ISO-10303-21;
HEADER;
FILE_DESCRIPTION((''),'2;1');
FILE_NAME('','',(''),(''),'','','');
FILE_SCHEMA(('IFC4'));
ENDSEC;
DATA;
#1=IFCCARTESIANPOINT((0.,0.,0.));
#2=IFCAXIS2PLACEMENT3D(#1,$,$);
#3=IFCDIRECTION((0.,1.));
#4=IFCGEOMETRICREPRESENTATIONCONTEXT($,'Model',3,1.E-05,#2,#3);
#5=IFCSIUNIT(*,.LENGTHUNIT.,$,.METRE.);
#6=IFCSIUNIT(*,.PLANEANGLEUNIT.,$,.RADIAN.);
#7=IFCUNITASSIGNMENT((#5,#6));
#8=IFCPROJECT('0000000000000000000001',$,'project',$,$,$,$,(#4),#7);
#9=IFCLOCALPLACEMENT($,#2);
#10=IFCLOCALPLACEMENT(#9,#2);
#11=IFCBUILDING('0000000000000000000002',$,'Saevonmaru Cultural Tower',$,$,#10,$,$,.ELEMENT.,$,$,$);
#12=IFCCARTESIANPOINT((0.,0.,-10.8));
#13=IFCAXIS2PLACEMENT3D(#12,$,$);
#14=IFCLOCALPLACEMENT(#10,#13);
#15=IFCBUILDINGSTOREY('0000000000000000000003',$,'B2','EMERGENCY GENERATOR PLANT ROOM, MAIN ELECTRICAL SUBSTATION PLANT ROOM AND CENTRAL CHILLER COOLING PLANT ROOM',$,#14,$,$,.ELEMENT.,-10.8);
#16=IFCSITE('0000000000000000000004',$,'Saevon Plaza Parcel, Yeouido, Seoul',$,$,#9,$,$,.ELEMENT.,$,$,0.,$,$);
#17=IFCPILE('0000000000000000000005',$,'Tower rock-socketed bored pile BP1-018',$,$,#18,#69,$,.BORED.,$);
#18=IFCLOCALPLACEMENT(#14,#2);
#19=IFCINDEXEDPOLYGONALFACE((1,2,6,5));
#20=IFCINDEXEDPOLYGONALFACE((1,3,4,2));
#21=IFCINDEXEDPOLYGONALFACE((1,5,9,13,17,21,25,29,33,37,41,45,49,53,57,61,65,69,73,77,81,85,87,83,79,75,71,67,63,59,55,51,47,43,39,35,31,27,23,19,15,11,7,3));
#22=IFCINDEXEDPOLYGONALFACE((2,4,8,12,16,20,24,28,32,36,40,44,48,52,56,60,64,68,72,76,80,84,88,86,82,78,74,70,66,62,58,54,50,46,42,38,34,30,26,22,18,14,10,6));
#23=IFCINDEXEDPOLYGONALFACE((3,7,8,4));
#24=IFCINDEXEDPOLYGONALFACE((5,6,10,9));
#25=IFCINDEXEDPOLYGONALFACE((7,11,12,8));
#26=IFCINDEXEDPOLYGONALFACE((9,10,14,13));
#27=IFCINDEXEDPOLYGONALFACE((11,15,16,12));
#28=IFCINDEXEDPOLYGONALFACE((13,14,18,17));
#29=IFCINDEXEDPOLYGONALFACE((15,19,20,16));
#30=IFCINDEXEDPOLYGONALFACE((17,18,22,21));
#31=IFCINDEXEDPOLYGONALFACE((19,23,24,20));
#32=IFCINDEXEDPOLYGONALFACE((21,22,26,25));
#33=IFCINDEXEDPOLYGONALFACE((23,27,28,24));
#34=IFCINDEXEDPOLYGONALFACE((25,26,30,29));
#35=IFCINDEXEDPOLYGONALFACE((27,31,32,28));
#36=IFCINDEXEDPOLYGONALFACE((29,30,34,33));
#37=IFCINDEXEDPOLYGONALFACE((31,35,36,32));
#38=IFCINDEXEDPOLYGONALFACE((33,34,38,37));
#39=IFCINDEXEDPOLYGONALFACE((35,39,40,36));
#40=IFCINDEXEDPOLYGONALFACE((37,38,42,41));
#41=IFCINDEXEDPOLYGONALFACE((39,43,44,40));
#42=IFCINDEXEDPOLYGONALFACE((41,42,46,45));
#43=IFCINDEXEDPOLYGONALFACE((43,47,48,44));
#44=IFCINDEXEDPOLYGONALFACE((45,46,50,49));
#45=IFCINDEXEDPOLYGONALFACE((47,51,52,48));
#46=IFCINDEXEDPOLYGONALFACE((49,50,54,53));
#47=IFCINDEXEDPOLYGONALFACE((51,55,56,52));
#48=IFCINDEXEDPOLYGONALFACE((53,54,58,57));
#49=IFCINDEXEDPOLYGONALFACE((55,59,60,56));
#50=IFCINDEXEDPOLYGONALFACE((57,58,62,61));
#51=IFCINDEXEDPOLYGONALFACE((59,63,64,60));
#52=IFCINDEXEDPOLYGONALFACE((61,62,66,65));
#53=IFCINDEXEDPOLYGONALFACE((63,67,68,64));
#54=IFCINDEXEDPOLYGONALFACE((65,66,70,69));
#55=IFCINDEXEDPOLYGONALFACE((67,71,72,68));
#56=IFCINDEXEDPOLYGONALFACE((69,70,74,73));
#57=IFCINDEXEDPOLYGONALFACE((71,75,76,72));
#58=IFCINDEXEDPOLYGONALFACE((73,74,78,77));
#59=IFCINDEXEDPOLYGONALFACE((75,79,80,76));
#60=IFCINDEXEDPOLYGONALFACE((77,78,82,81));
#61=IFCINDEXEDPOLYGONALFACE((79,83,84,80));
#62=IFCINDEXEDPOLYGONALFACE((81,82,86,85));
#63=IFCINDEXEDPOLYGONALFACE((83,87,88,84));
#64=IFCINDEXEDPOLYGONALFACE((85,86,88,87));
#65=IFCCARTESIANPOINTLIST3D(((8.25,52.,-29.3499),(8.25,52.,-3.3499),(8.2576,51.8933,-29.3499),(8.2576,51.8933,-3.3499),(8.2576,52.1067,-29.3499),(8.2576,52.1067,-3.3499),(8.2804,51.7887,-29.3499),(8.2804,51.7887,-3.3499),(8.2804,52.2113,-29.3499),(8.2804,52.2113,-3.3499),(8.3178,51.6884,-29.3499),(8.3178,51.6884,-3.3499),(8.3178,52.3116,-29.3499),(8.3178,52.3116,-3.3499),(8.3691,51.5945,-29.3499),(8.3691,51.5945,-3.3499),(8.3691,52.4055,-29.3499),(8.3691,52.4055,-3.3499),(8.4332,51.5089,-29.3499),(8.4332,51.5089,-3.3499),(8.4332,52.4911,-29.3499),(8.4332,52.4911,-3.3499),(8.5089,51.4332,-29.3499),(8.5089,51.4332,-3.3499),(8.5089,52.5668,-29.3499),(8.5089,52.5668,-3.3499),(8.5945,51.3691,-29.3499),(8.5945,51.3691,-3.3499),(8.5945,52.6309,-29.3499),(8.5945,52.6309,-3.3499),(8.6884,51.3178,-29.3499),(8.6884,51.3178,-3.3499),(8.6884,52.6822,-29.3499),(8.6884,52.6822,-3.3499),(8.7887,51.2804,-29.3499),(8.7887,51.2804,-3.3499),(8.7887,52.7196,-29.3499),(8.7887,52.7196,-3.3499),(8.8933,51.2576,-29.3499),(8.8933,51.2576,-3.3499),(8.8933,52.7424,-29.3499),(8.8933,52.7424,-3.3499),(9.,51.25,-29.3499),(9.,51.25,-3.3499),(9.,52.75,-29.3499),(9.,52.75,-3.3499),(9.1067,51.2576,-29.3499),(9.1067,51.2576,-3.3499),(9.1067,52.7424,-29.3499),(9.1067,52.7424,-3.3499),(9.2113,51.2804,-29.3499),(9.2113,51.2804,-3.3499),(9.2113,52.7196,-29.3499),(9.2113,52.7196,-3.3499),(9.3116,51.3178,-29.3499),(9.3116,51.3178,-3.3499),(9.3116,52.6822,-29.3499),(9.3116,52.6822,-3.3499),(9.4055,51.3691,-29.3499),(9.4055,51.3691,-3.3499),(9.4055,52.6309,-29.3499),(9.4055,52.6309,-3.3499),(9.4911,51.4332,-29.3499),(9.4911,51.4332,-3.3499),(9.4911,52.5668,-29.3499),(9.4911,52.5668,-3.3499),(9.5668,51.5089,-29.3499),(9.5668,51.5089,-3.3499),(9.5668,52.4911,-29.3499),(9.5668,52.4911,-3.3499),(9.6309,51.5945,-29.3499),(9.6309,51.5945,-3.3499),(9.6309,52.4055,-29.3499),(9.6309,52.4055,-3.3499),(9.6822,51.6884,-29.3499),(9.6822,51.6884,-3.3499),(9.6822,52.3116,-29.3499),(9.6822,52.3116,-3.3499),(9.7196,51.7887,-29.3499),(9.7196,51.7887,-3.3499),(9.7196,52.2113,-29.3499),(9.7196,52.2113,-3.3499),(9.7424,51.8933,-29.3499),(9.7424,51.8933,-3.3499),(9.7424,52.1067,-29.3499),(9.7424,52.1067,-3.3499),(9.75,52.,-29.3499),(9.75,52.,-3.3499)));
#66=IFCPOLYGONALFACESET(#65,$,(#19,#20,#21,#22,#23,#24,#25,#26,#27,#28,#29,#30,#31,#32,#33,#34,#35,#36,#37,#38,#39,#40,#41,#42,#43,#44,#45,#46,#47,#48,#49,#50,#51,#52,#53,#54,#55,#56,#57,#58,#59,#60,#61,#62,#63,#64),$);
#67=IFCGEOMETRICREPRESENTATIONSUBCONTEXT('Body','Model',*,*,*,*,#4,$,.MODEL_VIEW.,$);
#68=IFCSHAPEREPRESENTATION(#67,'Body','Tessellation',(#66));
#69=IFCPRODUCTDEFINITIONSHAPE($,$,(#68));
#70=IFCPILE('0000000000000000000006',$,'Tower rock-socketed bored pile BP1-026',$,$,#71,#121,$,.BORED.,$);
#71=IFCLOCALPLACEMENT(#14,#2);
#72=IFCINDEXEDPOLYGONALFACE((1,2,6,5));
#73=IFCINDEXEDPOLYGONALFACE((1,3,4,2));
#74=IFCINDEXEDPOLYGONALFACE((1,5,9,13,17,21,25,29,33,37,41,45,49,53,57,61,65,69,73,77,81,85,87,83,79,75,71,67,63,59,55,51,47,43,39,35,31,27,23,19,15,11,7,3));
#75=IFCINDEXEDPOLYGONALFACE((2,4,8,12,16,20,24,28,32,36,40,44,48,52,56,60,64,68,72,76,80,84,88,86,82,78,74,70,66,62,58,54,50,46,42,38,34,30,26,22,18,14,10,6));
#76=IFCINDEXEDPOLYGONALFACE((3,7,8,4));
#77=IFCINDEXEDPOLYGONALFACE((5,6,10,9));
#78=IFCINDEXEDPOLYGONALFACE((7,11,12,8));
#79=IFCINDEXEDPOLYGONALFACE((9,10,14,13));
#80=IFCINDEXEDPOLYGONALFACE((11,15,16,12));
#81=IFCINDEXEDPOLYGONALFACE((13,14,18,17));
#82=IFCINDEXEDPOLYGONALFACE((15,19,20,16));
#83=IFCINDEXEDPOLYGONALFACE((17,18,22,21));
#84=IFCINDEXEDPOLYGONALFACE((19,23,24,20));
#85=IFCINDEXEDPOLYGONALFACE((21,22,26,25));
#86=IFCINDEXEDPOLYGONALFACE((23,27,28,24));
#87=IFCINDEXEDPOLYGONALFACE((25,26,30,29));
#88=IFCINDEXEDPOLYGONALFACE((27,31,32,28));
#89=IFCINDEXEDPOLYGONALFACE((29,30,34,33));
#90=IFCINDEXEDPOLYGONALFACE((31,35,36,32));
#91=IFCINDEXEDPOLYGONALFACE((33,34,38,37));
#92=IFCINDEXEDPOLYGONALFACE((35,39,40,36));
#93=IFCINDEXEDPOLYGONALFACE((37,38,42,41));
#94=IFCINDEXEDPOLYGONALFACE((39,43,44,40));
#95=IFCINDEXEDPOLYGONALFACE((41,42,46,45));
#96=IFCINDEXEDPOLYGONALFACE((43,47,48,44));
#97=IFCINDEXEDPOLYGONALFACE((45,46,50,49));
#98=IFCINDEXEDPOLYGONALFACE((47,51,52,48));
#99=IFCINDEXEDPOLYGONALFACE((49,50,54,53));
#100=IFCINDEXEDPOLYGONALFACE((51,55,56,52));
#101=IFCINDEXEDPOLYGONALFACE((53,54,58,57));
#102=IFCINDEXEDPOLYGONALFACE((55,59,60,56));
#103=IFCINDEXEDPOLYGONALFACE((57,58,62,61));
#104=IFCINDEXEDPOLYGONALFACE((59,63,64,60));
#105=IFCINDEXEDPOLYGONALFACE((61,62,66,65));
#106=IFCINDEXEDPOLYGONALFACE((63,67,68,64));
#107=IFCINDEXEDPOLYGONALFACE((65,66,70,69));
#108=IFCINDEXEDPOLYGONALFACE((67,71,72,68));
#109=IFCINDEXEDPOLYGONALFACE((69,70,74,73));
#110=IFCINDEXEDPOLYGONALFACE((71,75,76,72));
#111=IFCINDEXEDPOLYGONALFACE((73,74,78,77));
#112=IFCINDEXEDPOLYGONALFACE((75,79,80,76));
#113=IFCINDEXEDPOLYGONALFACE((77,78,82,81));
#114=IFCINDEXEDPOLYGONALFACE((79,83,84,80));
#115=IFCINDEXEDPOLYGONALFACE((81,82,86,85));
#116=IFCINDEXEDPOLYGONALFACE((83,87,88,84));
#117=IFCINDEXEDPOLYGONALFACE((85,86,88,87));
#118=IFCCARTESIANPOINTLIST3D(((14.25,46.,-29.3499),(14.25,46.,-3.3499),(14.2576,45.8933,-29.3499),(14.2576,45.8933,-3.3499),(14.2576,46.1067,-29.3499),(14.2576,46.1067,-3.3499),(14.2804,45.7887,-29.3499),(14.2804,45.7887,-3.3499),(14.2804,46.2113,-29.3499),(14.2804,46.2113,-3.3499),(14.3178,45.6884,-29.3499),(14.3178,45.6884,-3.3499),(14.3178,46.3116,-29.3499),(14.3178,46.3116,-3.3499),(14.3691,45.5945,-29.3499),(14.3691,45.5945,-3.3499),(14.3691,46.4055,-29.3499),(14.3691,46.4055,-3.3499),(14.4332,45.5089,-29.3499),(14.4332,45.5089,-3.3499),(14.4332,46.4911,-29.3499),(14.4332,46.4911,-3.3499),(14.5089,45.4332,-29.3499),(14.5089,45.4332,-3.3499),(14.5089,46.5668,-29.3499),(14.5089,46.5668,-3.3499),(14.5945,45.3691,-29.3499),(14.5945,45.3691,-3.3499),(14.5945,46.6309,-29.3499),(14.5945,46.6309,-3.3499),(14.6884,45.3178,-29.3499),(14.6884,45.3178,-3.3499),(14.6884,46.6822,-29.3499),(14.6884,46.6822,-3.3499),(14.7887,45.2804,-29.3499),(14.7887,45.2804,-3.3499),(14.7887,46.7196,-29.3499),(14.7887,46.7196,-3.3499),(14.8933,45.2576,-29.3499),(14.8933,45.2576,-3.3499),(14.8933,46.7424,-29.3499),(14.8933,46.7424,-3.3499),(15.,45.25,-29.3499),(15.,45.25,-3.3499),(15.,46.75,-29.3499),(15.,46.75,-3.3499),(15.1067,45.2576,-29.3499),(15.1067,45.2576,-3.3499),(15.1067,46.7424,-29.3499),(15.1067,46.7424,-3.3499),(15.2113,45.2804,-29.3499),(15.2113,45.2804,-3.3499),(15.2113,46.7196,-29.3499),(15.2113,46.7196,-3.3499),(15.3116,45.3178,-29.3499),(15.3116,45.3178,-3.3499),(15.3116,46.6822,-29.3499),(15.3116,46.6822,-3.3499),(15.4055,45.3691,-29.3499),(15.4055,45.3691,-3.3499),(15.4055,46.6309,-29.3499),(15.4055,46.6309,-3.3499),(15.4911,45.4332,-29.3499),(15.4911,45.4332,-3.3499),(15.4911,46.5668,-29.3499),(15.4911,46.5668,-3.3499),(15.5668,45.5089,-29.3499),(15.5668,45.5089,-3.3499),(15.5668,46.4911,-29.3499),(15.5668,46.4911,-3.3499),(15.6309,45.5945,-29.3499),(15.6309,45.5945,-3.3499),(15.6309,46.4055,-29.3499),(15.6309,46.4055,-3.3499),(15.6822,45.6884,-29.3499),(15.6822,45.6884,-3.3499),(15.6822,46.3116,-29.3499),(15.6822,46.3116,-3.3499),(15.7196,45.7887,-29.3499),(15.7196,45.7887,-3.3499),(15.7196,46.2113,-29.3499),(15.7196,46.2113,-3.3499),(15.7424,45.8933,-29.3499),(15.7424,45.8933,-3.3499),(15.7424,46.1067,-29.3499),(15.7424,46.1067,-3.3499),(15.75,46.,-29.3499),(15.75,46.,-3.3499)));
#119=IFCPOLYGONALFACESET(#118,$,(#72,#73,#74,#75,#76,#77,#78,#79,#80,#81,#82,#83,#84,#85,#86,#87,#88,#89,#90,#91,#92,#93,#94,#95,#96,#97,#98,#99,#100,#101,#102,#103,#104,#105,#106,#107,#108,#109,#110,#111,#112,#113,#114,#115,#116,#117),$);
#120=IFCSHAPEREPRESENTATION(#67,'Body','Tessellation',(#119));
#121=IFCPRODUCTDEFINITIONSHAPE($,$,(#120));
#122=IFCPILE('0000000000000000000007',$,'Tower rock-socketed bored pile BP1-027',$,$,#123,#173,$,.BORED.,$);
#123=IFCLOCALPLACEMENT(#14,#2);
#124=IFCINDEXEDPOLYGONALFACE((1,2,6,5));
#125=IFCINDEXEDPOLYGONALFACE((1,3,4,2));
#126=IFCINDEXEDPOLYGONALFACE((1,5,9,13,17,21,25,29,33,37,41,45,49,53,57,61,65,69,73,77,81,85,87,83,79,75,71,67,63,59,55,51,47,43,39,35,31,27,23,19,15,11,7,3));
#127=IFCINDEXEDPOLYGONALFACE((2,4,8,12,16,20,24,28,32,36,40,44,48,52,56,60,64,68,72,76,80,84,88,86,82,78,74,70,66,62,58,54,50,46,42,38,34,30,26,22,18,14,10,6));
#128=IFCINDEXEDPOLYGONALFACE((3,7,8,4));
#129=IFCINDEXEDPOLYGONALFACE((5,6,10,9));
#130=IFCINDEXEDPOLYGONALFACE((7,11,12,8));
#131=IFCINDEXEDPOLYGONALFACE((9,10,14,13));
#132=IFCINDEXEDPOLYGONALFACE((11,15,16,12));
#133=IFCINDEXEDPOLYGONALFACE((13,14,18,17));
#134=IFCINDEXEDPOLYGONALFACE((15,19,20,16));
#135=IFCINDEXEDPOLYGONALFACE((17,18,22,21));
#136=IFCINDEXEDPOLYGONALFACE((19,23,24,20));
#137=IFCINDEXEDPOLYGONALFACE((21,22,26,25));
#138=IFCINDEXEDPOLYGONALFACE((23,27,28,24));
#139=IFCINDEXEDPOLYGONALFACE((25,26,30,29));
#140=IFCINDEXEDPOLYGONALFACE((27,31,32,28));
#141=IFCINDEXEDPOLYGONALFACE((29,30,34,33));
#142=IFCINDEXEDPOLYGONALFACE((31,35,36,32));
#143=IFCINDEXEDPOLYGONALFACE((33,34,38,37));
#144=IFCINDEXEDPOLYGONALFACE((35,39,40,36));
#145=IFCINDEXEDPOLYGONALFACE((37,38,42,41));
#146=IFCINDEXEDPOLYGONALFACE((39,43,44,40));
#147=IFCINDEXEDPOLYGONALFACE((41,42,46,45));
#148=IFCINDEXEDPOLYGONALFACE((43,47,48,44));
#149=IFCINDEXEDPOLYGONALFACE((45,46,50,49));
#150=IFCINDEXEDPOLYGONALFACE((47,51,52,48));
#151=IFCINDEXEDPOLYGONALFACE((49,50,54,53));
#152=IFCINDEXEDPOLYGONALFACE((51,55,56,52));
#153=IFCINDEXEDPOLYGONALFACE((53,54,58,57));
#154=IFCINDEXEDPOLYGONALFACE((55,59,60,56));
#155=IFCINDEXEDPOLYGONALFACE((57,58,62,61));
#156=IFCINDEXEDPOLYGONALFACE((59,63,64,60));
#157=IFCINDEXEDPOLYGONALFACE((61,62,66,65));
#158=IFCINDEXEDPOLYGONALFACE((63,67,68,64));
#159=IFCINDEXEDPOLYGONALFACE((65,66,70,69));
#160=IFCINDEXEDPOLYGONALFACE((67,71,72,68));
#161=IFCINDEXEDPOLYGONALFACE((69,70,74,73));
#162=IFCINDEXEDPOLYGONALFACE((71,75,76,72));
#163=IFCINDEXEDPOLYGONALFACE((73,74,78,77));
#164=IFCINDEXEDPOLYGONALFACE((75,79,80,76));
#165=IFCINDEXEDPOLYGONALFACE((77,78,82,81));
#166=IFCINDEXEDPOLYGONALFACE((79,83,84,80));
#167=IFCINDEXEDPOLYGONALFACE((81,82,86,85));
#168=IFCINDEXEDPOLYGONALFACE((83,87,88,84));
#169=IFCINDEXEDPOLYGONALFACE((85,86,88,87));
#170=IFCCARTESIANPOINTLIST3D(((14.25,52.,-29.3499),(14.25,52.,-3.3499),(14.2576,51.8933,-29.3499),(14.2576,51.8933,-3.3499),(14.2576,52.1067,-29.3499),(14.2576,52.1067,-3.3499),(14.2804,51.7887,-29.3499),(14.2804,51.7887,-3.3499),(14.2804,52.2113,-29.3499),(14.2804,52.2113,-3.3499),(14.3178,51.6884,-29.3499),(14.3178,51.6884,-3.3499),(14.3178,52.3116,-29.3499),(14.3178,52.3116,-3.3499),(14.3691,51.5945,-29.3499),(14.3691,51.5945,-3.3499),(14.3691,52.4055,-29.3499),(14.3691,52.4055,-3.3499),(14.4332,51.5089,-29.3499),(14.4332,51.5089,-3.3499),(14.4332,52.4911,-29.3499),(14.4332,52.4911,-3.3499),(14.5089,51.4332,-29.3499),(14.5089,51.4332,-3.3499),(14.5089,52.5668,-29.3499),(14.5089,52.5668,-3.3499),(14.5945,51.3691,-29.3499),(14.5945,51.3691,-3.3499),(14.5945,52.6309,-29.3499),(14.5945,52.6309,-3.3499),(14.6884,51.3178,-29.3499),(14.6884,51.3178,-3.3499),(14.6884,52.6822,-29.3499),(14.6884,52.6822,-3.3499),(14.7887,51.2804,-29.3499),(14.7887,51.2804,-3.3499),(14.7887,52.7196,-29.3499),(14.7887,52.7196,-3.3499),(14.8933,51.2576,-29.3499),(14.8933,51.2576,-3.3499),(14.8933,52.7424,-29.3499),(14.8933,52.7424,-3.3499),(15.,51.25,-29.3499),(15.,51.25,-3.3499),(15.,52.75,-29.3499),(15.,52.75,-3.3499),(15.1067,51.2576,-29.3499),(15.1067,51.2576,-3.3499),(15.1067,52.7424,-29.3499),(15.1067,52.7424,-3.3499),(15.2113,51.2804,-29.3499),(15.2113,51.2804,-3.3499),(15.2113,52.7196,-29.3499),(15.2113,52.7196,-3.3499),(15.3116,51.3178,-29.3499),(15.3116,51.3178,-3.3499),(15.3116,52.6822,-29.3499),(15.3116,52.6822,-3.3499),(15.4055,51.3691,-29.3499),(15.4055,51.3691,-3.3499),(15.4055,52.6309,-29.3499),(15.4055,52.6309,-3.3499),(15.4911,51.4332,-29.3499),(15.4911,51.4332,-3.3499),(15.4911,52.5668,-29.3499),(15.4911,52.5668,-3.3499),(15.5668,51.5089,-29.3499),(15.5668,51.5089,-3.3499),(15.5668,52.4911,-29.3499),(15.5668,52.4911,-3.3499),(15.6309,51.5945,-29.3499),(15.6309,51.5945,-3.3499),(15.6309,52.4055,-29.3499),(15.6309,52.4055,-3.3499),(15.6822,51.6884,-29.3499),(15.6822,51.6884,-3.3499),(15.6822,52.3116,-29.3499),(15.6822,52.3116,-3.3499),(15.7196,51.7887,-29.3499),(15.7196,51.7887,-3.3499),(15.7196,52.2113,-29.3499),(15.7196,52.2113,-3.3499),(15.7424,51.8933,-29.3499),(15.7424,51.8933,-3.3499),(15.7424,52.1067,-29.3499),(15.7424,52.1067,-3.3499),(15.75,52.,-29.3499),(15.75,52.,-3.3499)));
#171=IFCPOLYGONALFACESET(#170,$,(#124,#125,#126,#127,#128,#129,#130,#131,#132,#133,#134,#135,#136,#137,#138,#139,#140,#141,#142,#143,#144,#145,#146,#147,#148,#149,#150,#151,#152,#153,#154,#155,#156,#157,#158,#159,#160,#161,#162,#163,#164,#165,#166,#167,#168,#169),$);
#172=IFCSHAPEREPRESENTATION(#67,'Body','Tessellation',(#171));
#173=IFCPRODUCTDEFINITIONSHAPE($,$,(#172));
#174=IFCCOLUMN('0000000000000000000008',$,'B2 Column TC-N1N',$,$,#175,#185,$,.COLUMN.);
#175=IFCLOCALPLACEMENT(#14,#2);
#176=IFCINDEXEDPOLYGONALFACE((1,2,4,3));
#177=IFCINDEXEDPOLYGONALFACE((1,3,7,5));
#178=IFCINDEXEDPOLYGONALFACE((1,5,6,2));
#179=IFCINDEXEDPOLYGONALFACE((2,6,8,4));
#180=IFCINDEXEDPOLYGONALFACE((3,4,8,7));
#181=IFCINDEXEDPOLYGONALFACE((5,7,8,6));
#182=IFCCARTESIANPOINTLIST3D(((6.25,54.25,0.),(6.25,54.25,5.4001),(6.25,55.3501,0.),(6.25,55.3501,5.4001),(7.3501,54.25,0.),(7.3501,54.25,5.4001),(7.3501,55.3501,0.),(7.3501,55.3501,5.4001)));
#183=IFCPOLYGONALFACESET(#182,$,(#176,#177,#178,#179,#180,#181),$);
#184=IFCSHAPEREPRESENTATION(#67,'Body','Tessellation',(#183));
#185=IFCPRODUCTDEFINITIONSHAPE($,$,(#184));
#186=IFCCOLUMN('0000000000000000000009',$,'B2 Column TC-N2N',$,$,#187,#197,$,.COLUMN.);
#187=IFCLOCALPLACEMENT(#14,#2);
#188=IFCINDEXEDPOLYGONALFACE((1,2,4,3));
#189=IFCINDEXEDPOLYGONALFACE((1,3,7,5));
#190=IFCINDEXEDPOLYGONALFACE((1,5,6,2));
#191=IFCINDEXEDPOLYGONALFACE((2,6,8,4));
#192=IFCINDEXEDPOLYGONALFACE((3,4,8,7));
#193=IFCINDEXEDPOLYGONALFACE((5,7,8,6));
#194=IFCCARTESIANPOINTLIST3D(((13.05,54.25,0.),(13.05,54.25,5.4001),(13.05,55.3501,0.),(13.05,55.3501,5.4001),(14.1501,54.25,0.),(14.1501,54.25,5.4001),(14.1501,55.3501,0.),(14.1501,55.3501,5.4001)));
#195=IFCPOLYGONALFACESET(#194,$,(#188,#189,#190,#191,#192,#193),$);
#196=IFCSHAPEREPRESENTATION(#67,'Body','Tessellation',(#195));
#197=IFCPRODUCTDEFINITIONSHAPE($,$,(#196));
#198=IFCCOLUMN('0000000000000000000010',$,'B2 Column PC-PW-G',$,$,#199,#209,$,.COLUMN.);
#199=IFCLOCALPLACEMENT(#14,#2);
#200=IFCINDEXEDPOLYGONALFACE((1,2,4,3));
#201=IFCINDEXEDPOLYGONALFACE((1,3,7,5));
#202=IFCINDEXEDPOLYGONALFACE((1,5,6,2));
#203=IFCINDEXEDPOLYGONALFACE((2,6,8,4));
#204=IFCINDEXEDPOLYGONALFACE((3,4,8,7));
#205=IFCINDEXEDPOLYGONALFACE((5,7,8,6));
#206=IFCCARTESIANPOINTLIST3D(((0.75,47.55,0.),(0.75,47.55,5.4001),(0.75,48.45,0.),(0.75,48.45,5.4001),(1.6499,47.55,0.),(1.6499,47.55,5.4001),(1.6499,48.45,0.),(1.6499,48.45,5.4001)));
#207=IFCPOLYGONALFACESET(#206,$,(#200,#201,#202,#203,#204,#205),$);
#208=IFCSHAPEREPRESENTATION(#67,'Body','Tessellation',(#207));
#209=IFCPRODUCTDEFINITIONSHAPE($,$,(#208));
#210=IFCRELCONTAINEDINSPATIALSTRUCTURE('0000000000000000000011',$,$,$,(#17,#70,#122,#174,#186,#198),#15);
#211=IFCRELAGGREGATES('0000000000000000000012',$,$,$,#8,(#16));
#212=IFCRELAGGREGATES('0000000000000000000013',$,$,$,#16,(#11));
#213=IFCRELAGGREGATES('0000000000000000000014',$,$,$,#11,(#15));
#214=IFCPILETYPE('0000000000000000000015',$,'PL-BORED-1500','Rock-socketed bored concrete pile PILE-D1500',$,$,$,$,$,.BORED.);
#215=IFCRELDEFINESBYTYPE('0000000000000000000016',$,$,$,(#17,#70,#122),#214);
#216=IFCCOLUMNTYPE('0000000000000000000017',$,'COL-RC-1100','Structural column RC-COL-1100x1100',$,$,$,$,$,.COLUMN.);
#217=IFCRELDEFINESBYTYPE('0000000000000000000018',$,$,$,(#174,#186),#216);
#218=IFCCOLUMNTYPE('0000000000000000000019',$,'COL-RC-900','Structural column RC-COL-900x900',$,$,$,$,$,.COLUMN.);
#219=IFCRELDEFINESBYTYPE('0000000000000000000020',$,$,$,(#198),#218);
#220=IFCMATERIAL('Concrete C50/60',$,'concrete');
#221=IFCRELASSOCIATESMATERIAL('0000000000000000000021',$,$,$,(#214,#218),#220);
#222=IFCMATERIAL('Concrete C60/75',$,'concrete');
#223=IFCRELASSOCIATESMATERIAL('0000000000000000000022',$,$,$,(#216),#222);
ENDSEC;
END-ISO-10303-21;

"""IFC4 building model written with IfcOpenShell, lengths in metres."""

from ifc_helpers import new_model, si_unit, direction, frame, origin, origin_2d, place, context, subcontext, project, spatial, rectangle, circle, extrude, material, material_profile, profile_set, type_object, element, save


model = new_model("IFC4")

# Units and contexts
model_context = context("Model", 3, precision=1e-05, world=origin(), true_north=direction((0.0, 1.0)))
body_context = subcontext(model_context, "Body", "Model", "MODEL_VIEW")
ifc_project = project(units=[si_unit("LENGTHUNIT", "METRE"), si_unit("PLANEANGLEUNIT", "RADIAN")], contexts=[model_context])

# Site, building, storey
site_placement = place(None, origin())
site = spatial("IfcSite", under=ifc_project, at=site_placement, Name="Saevon Plaza Parcel, Yeouido, Seoul", CompositionType="ELEMENT", RefElevation=0.0)
building_placement = place(site_placement, origin())
building = spatial("IfcBuilding", under=site, at=building_placement, Name="Saevonmaru Cultural Tower", CompositionType="ELEMENT")
storey_placement = place(building_placement, frame((0.0, 0.0, -10.8)))
storey = spatial("IfcBuildingStorey", under=building, at=storey_placement, Name="B2", Description="EMERGENCY GENERATOR PLANT ROOM, MAIN ELECTRICAL SUBSTATION PLANT ROOM AND CENTRAL CHILLER COOLING PLANT ROOM", CompositionType="ELEMENT", Elevation=-10.8)

# Piles
ifc_material_1 = material(Name="Concrete C50/60", Category="concrete")
ifc_material_profile_1 = material_profile(ifc_material_1, circle(Radius=0.75, at=origin_2d()), Name="PILE-D1500")
ifc_profile_set_1 = profile_set([ifc_material_profile_1], Name="Concrete C50/60")
pile_type = type_object("IfcPileType", Name="PL-BORED-1500", Description="Rock-socketed bored concrete pile PILE-D1500", PredefinedType="BORED", material=ifc_profile_set_1)
for number, where, z_axis, x_axis, name in (
    (1, (9.0, 52.0, -3.3499), (0.0, 0.0, -1.0), (1.0, 0.0, 0.0), "Tower rock-socketed bored pile BP1-018"),
    (2, (15.0, 46.0, -3.3499), (0.0, 0.0, -1.0), (1.0, 0.0, 0.0), "Tower rock-socketed bored pile BP1-026"),
    (3, (15.0, 52.0, -3.3499), (0.0, 0.0, -1.0), (1.0, 0.0, 0.0), "Tower rock-socketed bored pile BP1-027"),
):
    element("IfcPile", number, at=place(storey_placement, frame(where, z_axis=z_axis, x_axis=x_axis)), inside=storey, type_object=pile_type, Name=name, PredefinedType="BORED", context=body_context, shape_type="SweptSolid", body=[
        extrude(circle(Radius=0.75, at=origin_2d()), origin(), (0.0, 0.0, 1.0), 26.0),
    ])

# Columns
ifc_material_2 = material(Name="Concrete C60/75", Category="concrete")
ifc_material_profile_2 = material_profile(ifc_material_2, rectangle(XDim=1.1001, YDim=1.1001, at=origin_2d()), Name="RC-COL-1100x1100")
ifc_profile_set_2 = profile_set([ifc_material_profile_2], Name="Concrete C60/75")
column_type_1 = type_object("IfcColumnType", Name="COL-RC-1100", Description="Structural column RC-COL-1100x1100", PredefinedType="COLUMN", material=ifc_profile_set_2)
for number, where, z_axis, x_axis, name in (
    (4, (6.8, 54.8, 0.0), (0.0, 0.0, 1.0), (1.0, 0.0, 0.0), "B2 Column TC-N1N"),
    (5, (13.6001, 54.8, 0.0), (0.0, 0.0, 1.0), (1.0, 0.0, 0.0), "B2 Column TC-N2N"),
):
    element("IfcColumn", number, at=place(storey_placement, frame(where, z_axis=z_axis, x_axis=x_axis)), inside=storey, type_object=column_type_1, Name=name, PredefinedType="COLUMN", context=body_context, shape_type="SweptSolid", body=[
        extrude(rectangle(XDim=1.1001, YDim=1.1001, at=origin_2d()), origin(), (0.0, 0.0, 1.0), 5.4001),
    ])
ifc_material_profile_3 = material_profile(ifc_material_1, rectangle(XDim=0.8999, YDim=0.8999, at=origin_2d()), Name="RC-COL-900x900")
ifc_profile_set_3 = profile_set([ifc_material_profile_3], Name="Concrete C50/60")
column_type_2 = type_object("IfcColumnType", Name="COL-RC-900", Description="Structural column RC-COL-900x900", PredefinedType="COLUMN", material=ifc_profile_set_3)
column_placement = place(storey_placement, frame((1.2, 48.0, 0.0), z_axis=(0.0, 0.0, 1.0), x_axis=(1.0, 0.0, 0.0)))
element("IfcColumn", 6, at=column_placement, inside=storey, type_object=column_type_2, Name="B2 Column PC-PW-G", PredefinedType="COLUMN", context=body_context, shape_type="SweptSolid", body=[
    extrude(rectangle(XDim=0.8999, YDim=0.8999, at=origin_2d()), origin(), (0.0, 0.0, 1.0), 5.4001),
])

save(model, "model.ifc")
